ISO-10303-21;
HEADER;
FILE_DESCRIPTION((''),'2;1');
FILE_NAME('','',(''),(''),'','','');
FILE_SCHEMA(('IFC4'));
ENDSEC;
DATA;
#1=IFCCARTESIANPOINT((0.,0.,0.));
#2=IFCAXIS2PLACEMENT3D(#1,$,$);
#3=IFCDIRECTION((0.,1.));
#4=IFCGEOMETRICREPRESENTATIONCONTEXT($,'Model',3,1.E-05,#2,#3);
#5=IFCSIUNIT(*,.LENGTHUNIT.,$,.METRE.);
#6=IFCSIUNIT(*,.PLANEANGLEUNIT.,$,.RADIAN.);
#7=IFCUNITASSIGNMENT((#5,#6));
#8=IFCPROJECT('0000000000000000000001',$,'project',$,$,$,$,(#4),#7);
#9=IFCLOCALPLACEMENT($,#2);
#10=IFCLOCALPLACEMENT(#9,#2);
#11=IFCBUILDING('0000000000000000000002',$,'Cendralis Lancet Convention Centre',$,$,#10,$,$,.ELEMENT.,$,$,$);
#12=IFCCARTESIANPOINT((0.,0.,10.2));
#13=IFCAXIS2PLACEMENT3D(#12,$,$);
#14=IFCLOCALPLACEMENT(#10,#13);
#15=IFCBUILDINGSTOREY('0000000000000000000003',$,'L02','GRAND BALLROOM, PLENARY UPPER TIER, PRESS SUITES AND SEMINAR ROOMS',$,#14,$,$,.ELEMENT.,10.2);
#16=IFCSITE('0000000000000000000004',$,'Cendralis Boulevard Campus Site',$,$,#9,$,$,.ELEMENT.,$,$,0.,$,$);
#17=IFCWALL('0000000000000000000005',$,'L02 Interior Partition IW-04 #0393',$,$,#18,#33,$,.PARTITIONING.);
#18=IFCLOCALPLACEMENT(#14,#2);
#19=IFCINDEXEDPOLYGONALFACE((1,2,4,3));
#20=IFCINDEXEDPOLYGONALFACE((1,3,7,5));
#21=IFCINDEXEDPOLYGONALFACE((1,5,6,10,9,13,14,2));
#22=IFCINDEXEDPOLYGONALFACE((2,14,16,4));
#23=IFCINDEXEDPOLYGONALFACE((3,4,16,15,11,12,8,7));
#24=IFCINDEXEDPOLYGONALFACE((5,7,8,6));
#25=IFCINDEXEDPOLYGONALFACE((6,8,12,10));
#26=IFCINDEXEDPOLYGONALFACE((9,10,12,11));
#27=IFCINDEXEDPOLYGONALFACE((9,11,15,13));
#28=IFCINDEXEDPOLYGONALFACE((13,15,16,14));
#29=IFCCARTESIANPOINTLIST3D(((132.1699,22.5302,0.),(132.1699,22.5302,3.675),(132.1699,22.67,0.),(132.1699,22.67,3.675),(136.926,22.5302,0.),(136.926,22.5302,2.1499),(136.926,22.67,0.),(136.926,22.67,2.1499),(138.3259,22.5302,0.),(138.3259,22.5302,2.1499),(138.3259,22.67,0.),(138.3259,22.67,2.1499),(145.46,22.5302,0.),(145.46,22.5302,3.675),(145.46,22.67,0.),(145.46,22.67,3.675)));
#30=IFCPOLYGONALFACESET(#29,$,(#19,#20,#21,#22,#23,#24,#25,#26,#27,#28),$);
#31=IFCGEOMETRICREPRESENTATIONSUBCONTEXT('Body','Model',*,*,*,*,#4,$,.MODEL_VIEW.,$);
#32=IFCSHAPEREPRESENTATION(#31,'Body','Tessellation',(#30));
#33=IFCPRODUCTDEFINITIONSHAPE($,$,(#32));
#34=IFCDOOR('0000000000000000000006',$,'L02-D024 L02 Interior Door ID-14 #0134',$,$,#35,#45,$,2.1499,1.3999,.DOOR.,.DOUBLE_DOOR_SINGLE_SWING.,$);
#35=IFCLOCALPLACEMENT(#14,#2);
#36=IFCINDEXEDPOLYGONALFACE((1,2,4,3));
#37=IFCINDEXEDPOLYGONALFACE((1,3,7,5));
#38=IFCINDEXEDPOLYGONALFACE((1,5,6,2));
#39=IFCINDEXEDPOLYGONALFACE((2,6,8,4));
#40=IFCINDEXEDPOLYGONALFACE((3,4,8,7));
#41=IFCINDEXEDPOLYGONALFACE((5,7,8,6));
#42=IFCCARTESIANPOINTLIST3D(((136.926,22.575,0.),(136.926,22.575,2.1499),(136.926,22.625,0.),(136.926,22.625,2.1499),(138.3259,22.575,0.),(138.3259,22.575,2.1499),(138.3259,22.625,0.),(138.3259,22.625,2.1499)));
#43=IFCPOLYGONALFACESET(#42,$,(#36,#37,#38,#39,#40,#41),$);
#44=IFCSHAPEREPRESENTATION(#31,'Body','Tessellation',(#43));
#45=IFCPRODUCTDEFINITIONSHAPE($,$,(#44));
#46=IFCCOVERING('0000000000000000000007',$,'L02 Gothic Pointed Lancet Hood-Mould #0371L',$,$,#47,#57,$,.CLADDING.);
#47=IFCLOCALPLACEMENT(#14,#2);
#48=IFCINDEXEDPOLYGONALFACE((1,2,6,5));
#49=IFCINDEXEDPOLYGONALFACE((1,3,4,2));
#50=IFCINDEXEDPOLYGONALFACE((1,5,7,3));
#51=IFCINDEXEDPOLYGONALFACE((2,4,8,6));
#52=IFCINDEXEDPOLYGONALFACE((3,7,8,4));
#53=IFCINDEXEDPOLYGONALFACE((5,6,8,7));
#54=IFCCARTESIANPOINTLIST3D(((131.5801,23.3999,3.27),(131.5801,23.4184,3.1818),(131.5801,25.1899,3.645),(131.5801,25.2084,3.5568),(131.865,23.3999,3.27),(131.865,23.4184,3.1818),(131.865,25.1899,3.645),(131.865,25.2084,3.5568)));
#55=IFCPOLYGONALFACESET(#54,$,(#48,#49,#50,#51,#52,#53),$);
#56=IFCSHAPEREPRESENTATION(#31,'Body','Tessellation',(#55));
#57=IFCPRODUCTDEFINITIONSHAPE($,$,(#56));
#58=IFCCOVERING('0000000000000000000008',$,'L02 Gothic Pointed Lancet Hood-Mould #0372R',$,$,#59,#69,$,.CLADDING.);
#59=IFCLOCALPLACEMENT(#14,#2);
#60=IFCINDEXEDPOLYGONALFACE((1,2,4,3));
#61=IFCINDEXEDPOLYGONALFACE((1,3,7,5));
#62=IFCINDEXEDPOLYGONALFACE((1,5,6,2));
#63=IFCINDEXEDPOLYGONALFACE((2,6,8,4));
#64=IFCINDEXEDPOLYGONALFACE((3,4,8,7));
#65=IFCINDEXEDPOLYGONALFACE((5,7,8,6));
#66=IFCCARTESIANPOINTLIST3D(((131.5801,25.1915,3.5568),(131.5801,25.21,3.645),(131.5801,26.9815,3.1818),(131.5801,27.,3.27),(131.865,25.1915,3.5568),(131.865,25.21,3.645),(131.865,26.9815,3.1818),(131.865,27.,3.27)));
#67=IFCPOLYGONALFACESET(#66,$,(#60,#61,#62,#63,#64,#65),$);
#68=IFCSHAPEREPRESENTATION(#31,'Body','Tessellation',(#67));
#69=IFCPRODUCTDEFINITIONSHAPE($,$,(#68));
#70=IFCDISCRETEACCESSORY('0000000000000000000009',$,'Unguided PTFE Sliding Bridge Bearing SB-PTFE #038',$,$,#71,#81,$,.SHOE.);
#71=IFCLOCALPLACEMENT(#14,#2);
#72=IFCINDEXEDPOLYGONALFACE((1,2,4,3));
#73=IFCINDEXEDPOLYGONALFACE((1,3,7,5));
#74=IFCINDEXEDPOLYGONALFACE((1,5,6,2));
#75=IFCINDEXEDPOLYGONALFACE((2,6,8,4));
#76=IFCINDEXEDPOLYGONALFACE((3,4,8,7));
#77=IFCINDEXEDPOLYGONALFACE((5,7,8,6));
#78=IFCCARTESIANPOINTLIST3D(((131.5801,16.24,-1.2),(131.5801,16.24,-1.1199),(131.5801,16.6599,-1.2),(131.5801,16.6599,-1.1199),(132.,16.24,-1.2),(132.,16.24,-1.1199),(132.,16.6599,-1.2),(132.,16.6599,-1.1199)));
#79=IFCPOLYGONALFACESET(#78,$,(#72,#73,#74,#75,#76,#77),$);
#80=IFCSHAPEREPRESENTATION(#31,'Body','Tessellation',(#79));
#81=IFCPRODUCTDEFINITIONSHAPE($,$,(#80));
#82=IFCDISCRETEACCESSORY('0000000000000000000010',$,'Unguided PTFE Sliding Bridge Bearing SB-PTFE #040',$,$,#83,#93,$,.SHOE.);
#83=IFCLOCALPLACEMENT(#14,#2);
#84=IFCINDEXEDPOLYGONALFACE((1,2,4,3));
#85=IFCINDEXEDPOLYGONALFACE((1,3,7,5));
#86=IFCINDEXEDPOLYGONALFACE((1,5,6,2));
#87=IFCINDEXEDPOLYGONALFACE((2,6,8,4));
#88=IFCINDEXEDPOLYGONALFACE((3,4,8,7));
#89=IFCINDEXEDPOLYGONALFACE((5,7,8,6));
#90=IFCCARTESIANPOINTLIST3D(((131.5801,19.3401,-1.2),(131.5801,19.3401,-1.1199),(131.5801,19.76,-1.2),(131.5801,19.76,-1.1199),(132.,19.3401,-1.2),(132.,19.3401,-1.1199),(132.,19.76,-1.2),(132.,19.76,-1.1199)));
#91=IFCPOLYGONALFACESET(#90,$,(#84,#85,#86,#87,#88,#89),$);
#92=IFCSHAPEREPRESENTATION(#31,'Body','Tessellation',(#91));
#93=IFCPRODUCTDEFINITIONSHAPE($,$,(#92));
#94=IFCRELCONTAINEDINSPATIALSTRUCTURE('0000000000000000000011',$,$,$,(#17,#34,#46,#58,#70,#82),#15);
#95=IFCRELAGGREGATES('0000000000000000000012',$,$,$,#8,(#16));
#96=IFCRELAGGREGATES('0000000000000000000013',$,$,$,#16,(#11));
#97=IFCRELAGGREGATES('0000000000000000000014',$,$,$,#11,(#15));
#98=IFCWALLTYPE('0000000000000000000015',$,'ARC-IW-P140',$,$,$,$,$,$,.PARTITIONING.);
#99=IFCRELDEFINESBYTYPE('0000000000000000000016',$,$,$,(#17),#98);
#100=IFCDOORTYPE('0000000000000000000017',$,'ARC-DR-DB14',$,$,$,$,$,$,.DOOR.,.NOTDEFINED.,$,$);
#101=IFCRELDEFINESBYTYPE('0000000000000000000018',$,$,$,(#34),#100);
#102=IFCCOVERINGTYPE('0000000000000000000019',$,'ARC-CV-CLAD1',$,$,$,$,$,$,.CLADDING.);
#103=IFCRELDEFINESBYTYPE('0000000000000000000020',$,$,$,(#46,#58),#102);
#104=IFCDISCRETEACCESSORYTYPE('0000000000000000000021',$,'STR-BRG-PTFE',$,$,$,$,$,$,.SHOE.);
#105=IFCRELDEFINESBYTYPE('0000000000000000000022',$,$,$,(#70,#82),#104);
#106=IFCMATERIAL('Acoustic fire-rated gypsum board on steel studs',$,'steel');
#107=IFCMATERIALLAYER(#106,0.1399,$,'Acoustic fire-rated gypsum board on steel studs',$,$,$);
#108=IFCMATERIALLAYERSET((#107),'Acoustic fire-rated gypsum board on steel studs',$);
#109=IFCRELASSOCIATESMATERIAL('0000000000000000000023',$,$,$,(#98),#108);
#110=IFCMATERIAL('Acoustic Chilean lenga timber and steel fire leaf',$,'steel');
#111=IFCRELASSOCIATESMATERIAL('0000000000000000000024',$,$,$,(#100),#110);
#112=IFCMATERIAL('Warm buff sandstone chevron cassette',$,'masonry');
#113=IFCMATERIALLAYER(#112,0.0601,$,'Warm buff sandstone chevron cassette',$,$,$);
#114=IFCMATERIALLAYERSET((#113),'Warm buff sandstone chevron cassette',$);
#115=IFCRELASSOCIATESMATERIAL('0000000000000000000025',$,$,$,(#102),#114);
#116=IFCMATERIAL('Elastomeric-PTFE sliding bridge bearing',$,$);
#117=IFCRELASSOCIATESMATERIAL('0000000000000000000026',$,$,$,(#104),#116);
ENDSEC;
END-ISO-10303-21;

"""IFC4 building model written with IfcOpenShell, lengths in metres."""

from ifc_helpers import new_model, si_unit, direction, frame, frame_2d, origin, origin_2d, place, context, subcontext, project, spatial, polyline, rectangle, outline, extrude, material, layer, layer_set, type_object, element, fill, save


model = new_model("IFC4")

# Units and contexts
model_context = context("Model", 3, precision=1e-05, world=origin(), true_north=direction((0.0, 1.0)))
body_context = subcontext(model_context, "Body", "Model", "MODEL_VIEW")
ifc_project = project(units=[si_unit("LENGTHUNIT", "METRE"), si_unit("PLANEANGLEUNIT", "RADIAN")], contexts=[model_context])

# Site, building, storey
site_placement = place(None, origin())
site = spatial("IfcSite", under=ifc_project, at=site_placement, Name="Cendralis Boulevard Campus Site", CompositionType="ELEMENT", RefElevation=0.0)
building_placement = place(site_placement, origin())
building = spatial("IfcBuilding", under=site, at=building_placement, Name="Cendralis Lancet Convention Centre", CompositionType="ELEMENT")
storey_placement = place(building_placement, frame((0.0, 0.0, 10.2)))
storey = spatial("IfcBuildingStorey", under=building, at=storey_placement, Name="L02", Description="GRAND BALLROOM, PLENARY UPPER TIER, PRESS SUITES AND SEMINAR ROOMS", CompositionType="ELEMENT", Elevation=10.2)

# Wall, opening, door
ifc_material_1 = material(Name="Acoustic fire-rated gypsum board on steel studs", Category="steel")
ifc_layer_1 = layer(ifc_material_1, 0.1399, Name="Acoustic fire-rated gypsum board on steel studs")
ifc_layer_set_1 = layer_set([ifc_layer_1], Name="Acoustic fire-rated gypsum board on steel studs")
wall_type_1 = type_object("IfcWallType", Name="ARC-IW-P140", PredefinedType="PARTITIONING", material=ifc_layer_set_1)
wall_1_placement = place(storey_placement, frame((132.1699, 22.6001, 0.0), z_axis=(0.0, 0.0, 1.0), x_axis=(1.0, 0.0, 0.0)))
wall_1 = element("IfcWall", 1, at=wall_1_placement, inside=storey, type_object=wall_type_1, Name="L02 Interior Partition IW-04 #0393", PredefinedType="PARTITIONING", context=body_context, shape_type="SweptSolid", body=[
    extrude(rectangle(XDim=13.29, YDim=0.1399, at=frame_2d((6.645, 0.0))), origin(), (0.0, 0.0, 1.0), 3.675),
])
opening_1_placement = place(wall_1_placement, frame((4.7561, 0.0, 0.0)))
opening_1 = element("IfcOpeningElement", 2, at=opening_1_placement, cuts=wall_1, PredefinedType="OPENING", context=body_context, shape_type="SweptSolid", body=[
    extrude(rectangle(XDim=1.3999, YDim=2.1499, at=frame_2d((0.7, 1.075))), frame((0.0, 0.0798, 0.0), z_axis=(0.0, -1.0, 0.0), x_axis=(1.0, 0.0, 0.0)), (0.0, 0.0, 1.0), 0.1599),
])
ifc_material_2 = material(Name="Acoustic Chilean lenga timber and steel fire leaf", Category="steel")
door_type = type_object("IfcDoorType", Name="ARC-DR-DB14", OperationType="NOTDEFINED", PredefinedType="DOOR", material=ifc_material_2)
door_placement = place(opening_1_placement, origin())
door = element("IfcDoor", 3, at=door_placement, inside=storey, type_object=door_type, Name="L02-D024 L02 Interior Door ID-14 #0134", OperationType="DOUBLE_DOOR_SINGLE_SWING", OverallHeight=2.1499, OverallWidth=1.3999, PredefinedType="DOOR", context=body_context, shape_type="SweptSolid", body=[
    extrude(rectangle(XDim=1.3999, YDim=2.1499, at=frame_2d((0.7, 1.075))), frame((0.0, 0.0249, 0.0), z_axis=(0.0, -1.0, 0.0), x_axis=(1.0, 0.0, 0.0)), (0.0, 0.0, 1.0), 0.05),
])
fill(opening_1, door)

# Coverings
ifc_material_3 = material(Name="Warm buff sandstone chevron cassette", Category="masonry")
ifc_layer_2 = layer(ifc_material_3, 0.0601, Name="Warm buff sandstone chevron cassette")
ifc_layer_set_2 = layer_set([ifc_layer_2], Name="Warm buff sandstone chevron cassette")
covering_type = type_object("IfcCoveringType", Name="ARC-CV-CLAD1", PredefinedType="CLADDING", material=ifc_layer_set_2)
for number, where, z_axis, x_axis, name in (
    (4, (131.5801, 23.3999, 3.27), (0.0, -0.205042, 0.978753), (1.0, 0.0, 0.0), "L02 Gothic Pointed Lancet Hood-Mould #0371L"),
    (5, (131.5801, 25.21, 3.645), (0.0, 0.205042, 0.978753), (1.0, 0.0, 0.0), "L02 Gothic Pointed Lancet Hood-Mould #0372R"),
):
    element("IfcCovering", number, at=place(storey_placement, frame(where, z_axis=z_axis, x_axis=x_axis)), inside=storey, type_object=covering_type, Name=name, PredefinedType="CLADDING", context=body_context, shape_type="SweptSolid", body=[
        extrude(outline(polyline([(0.0, 0.0), (0.2849, 0.0), (0.2849, 1.8289), (0.0, 1.8289), (0.0, 0.0)])), origin(), (0.0, 0.0, -1.0), 0.0901),
    ])

# Discrete accessories
ifc_material_4 = material(Name="Elastomeric-PTFE sliding bridge bearing")
discrete_accessory_type = type_object("IfcDiscreteAccessoryType", Name="STR-BRG-PTFE", PredefinedType="SHOE", material=ifc_material_4)
for number, where, z_axis, x_axis, name in (
    (6, (131.79, 16.45, -1.2), (0.0, 0.0, 1.0), (1.0, 0.0, 0.0), "Unguided PTFE Sliding Bridge Bearing SB-PTFE #038"),
    (7, (131.79, 19.55, -1.2), (0.0, 0.0, 1.0), (1.0, 0.0, 0.0), "Unguided PTFE Sliding Bridge Bearing SB-PTFE #040"),
):
    element("IfcDiscreteAccessory", number, at=place(storey_placement, frame(where, z_axis=z_axis, x_axis=x_axis)), inside=storey, type_object=discrete_accessory_type, Name=name, PredefinedType="SHOE", context=body_context, shape_type="SweptSolid", body=[
        extrude(rectangle(XDim=0.4199, YDim=0.4199, at=origin_2d()), origin(), (0.0, 0.0, 1.0), 0.0801),
    ])

save(model, "model.ifc")
